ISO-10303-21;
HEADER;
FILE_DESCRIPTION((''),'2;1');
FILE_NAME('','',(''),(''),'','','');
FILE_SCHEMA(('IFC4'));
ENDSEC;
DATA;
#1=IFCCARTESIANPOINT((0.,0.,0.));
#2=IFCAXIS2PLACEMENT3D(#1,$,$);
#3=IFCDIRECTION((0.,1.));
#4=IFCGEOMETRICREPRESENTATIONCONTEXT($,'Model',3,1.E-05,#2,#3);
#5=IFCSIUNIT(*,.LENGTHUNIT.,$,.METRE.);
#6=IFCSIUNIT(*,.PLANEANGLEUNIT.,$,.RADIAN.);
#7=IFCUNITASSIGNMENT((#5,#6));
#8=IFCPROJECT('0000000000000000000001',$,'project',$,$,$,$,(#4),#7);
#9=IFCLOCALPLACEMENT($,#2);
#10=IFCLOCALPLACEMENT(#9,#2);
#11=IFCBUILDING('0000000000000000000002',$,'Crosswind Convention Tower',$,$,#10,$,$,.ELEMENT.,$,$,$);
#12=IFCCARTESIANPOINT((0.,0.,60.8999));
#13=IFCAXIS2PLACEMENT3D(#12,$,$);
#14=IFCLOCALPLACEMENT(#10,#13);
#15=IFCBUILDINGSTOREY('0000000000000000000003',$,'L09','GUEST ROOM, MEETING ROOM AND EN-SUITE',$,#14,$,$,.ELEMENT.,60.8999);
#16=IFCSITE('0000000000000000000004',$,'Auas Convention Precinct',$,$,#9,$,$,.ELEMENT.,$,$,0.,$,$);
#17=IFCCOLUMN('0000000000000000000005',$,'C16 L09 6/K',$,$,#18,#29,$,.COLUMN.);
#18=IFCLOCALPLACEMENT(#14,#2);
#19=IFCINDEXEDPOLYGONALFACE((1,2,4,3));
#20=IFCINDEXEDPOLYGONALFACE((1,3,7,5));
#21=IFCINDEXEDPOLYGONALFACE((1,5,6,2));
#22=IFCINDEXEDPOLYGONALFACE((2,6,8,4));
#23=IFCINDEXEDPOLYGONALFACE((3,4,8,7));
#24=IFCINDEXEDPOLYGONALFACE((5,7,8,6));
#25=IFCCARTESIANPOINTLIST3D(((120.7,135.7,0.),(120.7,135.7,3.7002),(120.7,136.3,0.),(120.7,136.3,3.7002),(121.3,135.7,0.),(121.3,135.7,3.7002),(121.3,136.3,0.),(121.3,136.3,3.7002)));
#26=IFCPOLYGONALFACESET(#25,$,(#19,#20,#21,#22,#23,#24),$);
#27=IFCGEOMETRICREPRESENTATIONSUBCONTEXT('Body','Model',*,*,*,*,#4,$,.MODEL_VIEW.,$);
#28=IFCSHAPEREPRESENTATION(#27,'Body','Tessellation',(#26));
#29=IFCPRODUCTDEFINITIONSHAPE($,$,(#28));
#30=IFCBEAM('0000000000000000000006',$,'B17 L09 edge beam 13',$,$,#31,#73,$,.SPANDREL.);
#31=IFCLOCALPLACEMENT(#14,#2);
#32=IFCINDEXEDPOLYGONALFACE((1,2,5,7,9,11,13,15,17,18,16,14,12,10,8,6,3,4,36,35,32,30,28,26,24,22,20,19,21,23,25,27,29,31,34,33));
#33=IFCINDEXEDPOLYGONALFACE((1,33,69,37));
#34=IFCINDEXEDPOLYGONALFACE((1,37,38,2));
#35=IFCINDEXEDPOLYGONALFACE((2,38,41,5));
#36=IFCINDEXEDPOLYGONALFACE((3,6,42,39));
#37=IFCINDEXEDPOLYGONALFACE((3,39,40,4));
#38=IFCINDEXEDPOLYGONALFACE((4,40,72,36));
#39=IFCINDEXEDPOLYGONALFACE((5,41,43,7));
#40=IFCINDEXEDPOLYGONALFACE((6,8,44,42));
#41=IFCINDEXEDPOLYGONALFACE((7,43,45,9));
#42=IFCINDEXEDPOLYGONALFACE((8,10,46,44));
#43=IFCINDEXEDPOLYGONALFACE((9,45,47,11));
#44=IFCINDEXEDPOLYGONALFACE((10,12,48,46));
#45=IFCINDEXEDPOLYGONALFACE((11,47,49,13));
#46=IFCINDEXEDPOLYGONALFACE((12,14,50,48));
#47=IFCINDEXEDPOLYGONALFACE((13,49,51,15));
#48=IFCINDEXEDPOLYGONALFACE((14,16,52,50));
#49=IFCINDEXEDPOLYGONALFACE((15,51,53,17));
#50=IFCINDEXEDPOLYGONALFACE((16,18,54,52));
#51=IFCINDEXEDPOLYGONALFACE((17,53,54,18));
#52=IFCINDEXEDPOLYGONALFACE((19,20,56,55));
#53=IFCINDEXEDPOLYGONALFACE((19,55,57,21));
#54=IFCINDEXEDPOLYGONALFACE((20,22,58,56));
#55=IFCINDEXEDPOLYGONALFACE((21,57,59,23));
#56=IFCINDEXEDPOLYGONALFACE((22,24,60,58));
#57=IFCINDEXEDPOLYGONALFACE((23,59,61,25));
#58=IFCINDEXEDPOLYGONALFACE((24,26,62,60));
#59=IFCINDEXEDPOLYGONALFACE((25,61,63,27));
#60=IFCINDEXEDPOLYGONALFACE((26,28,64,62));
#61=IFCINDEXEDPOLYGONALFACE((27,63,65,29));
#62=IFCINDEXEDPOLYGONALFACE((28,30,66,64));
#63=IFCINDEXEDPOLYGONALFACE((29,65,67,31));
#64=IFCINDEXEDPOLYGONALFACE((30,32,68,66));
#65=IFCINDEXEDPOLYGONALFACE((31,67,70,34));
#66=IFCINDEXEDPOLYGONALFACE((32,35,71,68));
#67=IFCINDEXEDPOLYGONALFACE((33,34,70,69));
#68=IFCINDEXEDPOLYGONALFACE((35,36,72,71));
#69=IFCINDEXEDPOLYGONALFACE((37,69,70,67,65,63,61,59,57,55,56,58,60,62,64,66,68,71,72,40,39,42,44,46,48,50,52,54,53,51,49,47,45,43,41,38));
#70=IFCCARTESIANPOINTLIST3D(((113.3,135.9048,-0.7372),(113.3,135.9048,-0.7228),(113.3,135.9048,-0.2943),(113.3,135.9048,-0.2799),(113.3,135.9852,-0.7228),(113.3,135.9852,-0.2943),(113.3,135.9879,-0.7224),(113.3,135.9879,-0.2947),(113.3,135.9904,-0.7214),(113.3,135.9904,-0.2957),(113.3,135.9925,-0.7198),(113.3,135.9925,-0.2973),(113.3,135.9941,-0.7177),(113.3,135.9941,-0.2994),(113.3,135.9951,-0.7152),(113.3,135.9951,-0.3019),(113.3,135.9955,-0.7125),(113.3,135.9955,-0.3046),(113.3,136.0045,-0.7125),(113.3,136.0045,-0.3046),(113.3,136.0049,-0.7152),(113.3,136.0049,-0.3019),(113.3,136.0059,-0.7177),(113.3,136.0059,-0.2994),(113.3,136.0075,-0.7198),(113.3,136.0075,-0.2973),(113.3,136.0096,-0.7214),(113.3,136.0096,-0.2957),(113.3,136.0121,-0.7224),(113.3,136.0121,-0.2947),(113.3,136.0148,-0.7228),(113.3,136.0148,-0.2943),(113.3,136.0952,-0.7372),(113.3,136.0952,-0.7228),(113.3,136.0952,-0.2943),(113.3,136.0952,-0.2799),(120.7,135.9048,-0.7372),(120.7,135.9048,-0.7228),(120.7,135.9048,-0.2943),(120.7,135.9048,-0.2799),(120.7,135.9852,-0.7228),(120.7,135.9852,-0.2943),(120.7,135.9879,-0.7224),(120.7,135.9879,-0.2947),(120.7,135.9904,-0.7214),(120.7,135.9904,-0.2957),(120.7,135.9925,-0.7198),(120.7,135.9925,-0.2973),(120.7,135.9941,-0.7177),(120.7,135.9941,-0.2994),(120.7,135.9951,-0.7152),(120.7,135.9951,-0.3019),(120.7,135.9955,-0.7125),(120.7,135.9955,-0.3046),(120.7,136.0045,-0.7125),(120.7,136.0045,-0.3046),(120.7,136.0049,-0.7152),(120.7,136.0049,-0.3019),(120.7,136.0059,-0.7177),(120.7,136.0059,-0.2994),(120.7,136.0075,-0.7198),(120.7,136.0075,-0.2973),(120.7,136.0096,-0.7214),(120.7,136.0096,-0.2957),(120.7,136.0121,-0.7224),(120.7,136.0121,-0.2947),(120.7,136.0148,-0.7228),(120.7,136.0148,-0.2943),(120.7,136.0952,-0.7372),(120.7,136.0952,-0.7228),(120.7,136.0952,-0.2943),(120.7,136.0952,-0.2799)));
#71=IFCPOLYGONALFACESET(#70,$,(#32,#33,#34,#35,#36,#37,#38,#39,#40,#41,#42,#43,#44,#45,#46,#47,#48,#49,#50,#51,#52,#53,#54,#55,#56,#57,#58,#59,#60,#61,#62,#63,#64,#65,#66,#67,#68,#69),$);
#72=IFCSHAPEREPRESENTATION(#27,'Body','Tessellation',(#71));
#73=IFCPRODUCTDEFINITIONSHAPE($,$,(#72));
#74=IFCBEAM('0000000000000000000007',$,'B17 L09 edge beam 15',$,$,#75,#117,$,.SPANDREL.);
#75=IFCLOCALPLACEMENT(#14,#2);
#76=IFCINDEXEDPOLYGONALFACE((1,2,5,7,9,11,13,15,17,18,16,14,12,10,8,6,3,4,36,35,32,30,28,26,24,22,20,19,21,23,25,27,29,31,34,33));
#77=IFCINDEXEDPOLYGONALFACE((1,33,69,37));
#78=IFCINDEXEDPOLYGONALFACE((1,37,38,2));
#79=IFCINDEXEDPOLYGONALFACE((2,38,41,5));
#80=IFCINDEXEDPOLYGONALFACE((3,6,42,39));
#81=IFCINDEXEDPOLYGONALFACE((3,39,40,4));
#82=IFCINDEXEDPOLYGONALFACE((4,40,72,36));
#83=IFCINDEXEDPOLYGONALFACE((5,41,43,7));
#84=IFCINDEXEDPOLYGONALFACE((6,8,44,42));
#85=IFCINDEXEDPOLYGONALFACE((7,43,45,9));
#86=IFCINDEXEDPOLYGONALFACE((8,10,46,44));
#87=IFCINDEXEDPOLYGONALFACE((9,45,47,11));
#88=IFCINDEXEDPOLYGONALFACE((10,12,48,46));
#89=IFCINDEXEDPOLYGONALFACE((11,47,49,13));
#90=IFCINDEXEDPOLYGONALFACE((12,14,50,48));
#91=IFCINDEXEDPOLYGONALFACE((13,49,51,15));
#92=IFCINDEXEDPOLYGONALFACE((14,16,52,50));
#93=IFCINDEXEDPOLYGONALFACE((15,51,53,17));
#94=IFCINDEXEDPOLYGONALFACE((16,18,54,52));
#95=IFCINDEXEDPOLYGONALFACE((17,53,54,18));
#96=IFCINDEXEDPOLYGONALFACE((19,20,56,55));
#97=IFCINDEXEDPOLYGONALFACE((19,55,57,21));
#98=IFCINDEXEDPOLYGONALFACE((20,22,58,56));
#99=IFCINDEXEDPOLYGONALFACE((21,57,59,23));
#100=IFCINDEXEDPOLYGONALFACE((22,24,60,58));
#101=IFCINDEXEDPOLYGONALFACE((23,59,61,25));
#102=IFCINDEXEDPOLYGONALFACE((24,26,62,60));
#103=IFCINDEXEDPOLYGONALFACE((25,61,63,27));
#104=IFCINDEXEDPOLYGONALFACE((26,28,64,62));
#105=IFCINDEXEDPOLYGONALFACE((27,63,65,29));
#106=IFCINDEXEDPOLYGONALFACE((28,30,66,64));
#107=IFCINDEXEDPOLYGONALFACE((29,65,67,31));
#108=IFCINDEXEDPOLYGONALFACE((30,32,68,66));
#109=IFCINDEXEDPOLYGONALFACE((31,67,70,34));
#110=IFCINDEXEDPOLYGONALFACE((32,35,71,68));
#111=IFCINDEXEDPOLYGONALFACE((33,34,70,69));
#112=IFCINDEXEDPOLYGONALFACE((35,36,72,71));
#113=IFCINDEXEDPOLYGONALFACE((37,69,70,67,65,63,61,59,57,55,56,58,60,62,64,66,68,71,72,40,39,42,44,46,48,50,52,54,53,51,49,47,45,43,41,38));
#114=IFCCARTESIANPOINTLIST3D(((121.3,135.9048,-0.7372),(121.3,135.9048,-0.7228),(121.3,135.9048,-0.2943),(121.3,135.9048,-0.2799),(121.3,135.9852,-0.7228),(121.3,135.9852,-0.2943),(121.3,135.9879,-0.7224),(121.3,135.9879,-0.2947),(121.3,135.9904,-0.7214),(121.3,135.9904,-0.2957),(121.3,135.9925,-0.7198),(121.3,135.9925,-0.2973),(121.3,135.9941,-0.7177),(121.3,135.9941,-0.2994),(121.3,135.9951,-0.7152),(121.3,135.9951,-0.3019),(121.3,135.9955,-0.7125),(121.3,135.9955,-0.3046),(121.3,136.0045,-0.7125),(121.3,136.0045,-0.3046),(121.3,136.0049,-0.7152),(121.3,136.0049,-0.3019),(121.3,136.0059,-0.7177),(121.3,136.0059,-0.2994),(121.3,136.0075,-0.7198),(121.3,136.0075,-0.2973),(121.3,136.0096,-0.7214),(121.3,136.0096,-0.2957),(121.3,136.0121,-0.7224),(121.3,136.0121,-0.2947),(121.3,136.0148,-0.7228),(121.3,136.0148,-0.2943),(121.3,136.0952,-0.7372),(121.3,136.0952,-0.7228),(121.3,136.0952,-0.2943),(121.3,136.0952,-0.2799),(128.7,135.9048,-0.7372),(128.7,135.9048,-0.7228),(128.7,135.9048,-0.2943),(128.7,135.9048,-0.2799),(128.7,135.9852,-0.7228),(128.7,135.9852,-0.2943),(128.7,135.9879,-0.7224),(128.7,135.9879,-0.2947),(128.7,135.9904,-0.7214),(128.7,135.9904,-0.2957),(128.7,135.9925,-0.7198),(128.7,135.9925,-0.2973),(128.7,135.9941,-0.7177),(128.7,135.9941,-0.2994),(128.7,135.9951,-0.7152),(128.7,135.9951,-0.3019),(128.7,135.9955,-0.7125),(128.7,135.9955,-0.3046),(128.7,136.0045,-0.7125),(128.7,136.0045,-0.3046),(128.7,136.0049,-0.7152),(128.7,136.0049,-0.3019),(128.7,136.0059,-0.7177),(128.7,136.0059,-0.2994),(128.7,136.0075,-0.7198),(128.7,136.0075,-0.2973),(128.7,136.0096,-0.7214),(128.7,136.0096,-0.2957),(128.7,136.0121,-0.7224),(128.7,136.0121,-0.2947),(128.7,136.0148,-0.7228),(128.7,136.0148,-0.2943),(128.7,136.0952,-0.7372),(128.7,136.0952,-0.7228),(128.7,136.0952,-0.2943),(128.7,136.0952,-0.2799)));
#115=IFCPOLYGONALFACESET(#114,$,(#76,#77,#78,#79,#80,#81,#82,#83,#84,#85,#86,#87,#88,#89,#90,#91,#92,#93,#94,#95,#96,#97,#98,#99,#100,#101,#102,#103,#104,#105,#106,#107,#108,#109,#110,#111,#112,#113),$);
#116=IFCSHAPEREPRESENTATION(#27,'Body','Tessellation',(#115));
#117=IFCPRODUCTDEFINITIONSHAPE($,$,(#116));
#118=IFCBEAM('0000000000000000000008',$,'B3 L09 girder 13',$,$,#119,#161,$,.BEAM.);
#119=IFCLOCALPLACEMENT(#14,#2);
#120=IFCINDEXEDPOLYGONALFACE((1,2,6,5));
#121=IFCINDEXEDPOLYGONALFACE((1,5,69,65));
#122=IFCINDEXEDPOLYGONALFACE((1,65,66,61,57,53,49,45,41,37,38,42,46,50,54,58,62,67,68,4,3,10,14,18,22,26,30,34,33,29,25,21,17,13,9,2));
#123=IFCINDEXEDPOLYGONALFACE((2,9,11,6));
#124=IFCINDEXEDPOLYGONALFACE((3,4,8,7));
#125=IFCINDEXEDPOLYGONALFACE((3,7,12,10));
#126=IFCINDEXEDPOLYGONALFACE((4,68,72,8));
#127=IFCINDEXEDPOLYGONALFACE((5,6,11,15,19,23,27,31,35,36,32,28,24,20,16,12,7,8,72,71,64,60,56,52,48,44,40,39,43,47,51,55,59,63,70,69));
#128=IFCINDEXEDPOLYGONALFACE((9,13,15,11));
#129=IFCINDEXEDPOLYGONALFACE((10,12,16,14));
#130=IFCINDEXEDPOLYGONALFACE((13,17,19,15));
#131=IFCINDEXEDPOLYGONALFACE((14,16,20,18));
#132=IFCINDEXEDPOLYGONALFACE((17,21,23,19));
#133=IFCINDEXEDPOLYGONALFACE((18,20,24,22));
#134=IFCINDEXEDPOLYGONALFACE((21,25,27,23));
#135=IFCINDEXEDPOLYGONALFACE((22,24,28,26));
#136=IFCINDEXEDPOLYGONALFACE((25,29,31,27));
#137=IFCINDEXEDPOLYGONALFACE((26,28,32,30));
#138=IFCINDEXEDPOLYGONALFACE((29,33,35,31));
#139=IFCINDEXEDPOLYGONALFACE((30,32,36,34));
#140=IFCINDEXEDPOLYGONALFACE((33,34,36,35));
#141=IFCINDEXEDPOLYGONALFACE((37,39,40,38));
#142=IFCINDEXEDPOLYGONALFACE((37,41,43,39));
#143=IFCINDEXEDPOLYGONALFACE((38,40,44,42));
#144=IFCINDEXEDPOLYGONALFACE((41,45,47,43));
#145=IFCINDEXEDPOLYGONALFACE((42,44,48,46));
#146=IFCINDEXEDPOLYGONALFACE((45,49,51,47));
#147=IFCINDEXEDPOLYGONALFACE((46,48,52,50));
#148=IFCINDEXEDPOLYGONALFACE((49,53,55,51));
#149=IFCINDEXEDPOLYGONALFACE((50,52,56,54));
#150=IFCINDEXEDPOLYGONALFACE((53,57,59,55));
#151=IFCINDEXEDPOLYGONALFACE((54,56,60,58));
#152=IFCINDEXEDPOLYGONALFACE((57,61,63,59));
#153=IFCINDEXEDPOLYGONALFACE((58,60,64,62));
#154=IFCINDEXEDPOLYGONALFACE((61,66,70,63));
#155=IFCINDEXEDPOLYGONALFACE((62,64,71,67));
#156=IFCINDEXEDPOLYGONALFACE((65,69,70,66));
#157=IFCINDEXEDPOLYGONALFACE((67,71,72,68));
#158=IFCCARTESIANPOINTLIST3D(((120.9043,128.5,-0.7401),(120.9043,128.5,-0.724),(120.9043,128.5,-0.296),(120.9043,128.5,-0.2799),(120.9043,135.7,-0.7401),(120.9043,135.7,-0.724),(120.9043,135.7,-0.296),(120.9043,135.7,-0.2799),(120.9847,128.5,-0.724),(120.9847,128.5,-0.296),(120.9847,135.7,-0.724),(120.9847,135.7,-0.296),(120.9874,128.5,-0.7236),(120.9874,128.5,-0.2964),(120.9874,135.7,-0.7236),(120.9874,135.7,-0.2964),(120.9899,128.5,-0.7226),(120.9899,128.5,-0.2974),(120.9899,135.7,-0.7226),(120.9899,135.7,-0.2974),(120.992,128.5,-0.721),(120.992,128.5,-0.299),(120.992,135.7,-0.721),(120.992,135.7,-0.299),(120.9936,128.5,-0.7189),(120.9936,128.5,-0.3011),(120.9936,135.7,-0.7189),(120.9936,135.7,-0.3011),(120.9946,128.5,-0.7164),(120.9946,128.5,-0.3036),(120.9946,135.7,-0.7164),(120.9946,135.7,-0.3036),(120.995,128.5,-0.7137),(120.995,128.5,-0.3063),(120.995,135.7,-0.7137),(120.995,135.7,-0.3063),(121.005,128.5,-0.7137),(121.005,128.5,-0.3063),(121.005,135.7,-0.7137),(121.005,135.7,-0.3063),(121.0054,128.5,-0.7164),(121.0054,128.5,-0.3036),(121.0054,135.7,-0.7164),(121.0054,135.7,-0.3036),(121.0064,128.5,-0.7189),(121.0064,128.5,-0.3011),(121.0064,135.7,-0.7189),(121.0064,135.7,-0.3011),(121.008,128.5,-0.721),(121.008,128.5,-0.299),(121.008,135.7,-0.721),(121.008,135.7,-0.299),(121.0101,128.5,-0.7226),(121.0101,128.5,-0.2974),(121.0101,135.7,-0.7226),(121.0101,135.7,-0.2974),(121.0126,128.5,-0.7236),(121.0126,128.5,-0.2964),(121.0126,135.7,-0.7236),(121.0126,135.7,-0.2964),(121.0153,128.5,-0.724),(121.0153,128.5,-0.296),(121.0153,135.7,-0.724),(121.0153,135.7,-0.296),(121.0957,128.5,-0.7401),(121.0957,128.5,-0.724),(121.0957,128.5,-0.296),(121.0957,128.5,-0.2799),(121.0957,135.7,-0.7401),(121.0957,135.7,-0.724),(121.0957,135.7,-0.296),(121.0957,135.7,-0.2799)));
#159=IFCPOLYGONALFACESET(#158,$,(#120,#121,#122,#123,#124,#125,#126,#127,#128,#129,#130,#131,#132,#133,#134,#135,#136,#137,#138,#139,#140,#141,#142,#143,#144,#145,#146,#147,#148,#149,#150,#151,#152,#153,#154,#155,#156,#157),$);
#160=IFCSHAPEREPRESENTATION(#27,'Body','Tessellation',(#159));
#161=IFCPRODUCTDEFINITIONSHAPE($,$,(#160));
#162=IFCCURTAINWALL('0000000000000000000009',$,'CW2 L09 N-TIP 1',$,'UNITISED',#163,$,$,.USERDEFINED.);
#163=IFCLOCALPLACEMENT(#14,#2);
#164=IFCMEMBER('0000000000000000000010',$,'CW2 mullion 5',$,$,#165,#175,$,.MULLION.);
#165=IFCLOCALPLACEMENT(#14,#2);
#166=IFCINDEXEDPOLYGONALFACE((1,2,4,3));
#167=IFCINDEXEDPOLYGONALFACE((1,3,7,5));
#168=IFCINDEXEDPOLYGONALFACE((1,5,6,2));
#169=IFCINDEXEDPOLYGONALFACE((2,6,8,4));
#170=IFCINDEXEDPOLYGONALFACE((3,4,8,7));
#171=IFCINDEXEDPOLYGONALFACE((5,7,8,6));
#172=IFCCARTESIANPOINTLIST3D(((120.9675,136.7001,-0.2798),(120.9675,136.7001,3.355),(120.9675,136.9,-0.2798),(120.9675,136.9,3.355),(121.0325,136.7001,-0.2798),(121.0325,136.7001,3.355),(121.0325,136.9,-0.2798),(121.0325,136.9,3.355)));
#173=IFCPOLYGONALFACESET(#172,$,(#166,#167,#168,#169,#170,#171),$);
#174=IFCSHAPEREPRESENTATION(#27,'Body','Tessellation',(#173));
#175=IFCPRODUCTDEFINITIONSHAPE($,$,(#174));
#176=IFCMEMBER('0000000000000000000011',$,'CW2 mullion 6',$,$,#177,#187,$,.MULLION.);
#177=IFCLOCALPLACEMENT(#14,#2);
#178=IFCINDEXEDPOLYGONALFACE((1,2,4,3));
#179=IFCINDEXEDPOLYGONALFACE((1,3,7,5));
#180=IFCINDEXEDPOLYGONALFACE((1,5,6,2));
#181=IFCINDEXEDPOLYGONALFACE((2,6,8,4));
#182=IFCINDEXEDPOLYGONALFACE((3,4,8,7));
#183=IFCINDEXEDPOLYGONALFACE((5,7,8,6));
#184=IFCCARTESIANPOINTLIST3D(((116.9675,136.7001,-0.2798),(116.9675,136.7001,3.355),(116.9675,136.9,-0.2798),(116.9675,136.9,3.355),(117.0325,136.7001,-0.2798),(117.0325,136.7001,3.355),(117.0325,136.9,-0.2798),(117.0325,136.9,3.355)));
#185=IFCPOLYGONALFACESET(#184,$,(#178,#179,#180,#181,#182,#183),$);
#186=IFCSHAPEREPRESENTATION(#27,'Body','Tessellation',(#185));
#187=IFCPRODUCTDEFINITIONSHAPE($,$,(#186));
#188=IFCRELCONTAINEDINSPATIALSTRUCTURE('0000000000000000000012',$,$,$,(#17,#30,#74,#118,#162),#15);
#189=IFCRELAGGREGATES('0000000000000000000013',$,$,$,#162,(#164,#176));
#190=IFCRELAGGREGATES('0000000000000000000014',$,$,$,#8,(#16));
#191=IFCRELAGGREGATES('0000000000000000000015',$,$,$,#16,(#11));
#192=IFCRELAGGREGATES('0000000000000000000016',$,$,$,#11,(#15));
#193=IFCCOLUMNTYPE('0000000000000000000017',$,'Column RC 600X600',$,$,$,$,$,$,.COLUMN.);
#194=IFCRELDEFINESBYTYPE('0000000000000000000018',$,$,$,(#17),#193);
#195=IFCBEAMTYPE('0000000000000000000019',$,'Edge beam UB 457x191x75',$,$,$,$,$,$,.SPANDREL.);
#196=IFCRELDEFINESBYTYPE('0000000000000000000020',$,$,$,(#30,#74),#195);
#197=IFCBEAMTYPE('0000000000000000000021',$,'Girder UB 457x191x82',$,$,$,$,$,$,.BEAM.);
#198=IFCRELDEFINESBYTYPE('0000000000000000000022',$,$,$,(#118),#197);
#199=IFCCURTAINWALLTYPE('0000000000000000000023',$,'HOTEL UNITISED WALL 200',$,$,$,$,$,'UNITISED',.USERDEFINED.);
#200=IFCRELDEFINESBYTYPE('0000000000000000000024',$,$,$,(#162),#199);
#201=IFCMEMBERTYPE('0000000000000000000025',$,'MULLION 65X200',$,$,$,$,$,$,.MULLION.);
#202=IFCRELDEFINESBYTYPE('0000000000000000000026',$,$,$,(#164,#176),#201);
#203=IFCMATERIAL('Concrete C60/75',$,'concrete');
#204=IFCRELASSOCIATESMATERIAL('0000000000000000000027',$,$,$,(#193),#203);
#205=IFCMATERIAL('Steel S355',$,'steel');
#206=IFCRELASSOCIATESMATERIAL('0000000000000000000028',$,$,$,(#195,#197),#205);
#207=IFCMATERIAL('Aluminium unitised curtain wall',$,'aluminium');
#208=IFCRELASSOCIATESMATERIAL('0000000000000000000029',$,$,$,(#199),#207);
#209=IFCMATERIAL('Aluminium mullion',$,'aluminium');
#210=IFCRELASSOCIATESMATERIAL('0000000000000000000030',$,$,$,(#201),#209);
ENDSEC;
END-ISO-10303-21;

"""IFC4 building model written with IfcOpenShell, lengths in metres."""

from ifc_helpers import new_model, si_unit, direction, frame, origin, origin_2d, place, context, subcontext, project, spatial, rectangle, i_section, extrude, material, material_profile, profile_set, type_object, element, aggregate, save


model = new_model("IFC4")

# Units and contexts
model_context = context("Model", 3, precision=1e-05, world=origin(), true_north=direction((0.0, 1.0)))
body_context = subcontext(model_context, "Body", "Model", "MODEL_VIEW")
ifc_project = project(units=[si_unit("LENGTHUNIT", "METRE"), si_unit("PLANEANGLEUNIT", "RADIAN")], contexts=[model_context])

# Site, building, storey
site_placement = place(None, origin())
site = spatial("IfcSite", under=ifc_project, at=site_placement, Name="Auas Convention Precinct", CompositionType="ELEMENT", RefElevation=0.0)
building_placement = place(site_placement, origin())
building = spatial("IfcBuilding", under=site, at=building_placement, Name="Crosswind Convention Tower", CompositionType="ELEMENT")
storey_placement = place(building_placement, frame((0.0, 0.0, 60.8999)))
storey = spatial("IfcBuildingStorey", under=building, at=storey_placement, Name="L09", Description="GUEST ROOM, MEETING ROOM AND EN-SUITE", CompositionType="ELEMENT", Elevation=60.8999)

# Column
ifc_material_1 = material(Name="Concrete C60/75", Category="concrete")
ifc_material_profile_1 = material_profile(ifc_material_1, rectangle(XDim=0.6001, YDim=0.6001, at=origin_2d()), Name="RC 600X600")
ifc_profile_set_1 = profile_set([ifc_material_profile_1], Name="Concrete C60/75")
column_type = type_object("IfcColumnType", Name="Column RC 600X600", PredefinedType="COLUMN", material=ifc_profile_set_1)
column_placement = place(storey_placement, frame((121.0, 136.0, 0.0), z_axis=(0.0, 0.0, 1.0), x_axis=(1.0, 0.0, 0.0)))
element("IfcColumn", 1, at=column_placement, inside=storey, type_object=column_type, Name="C16 L09 6/K", PredefinedType="COLUMN", context=body_context, shape_type="SweptSolid", body=[
    extrude(rectangle(XDim=0.6001, YDim=0.6001, at=origin_2d()), origin(), (0.0, 0.0, 1.0), 3.7002),
])

# Beams
ifc_material_2 = material(Name="Steel S355", Category="steel")
ifc_material_profile_2 = material_profile(ifc_material_2, i_section(OverallWidth=0.1904, OverallDepth=0.4573, WebThickness=0.009, FlangeThickness=0.0144, FilletRadius=0.0103, at=origin_2d()), Name="UB 457x191x75")
ifc_profile_set_2 = profile_set([ifc_material_profile_2], Name="Steel S355")
beam_type_1 = type_object("IfcBeamType", Name="Edge beam UB 457x191x75", PredefinedType="SPANDREL", material=ifc_profile_set_2)
for number, where, z_axis, x_axis, name in (
    (2, (113.3, 136.0, -0.5085), (1.0, 0.0, 0.0), (0.0, 1.0, 0.0), "B17 L09 edge beam 13"),
    (3, (121.3, 136.0, -0.5085), (1.0, 0.0, 0.0), (0.0, 1.0, 0.0), "B17 L09 edge beam 15"),
):
    element("IfcBeam", number, at=place(storey_placement, frame(where, z_axis=z_axis, x_axis=x_axis)), inside=storey, type_object=beam_type_1, Name=name, PredefinedType="SPANDREL", context=body_context, shape_type="SweptSolid", body=[
        extrude(i_section(OverallWidth=0.1904, OverallDepth=0.4573, WebThickness=0.009, FlangeThickness=0.0144, FilletRadius=0.0103, at=origin_2d()), origin(), (0.0, 0.0, 1.0), 7.3999),
    ])
ifc_material_profile_3 = material_profile(ifc_material_2, i_section(OverallWidth=0.1914, OverallDepth=0.4602, WebThickness=0.01, FlangeThickness=0.0161, FilletRadius=0.0103, at=origin_2d()), Name="UB 457x191x82")
ifc_profile_set_3 = profile_set([ifc_material_profile_3], Name="Steel S355")
beam_type_2 = type_object("IfcBeamType", Name="Girder UB 457x191x82", PredefinedType="BEAM", material=ifc_profile_set_3)
beam_1_placement = place(storey_placement, frame((121.0, 128.5, -0.51), z_axis=(0.0, 1.0, 0.0), x_axis=(-1.0, 0.0, 0.0)))
element("IfcBeam", 4, at=beam_1_placement, inside=storey, type_object=beam_type_2, Name="B3 L09 girder 13", PredefinedType="BEAM", context=body_context, shape_type="SweptSolid", body=[
    extrude(i_section(OverallWidth=0.1914, OverallDepth=0.4602, WebThickness=0.01, FlangeThickness=0.0161, FilletRadius=0.0103, at=origin_2d()), origin(), (0.0, 0.0, 1.0), 7.2),
])

# Curtain wall, members
ifc_material_3 = material(Name="Aluminium unitised curtain wall", Category="aluminium")
curtain_wall_type = type_object("IfcCurtainWallType", Name="HOTEL UNITISED WALL 200", ElementType="UNITISED", PredefinedType="USERDEFINED", material=ifc_material_3)
curtain_wall_placement = place(storey_placement, origin())
curtain_wall = element("IfcCurtainWall", 5, at=curtain_wall_placement, inside=storey, type_object=curtain_wall_type, Name="CW2 L09 N-TIP 1", ObjectType="UNITISED", PredefinedType="USERDEFINED")
ifc_material_4 = material(Name="Aluminium mullion", Category="aluminium")
ifc_material_profile_4 = material_profile(ifc_material_4, rectangle(XDim=0.2, YDim=0.0649, at=origin_2d()), Name="AL 200X65")
ifc_profile_set_4 = profile_set([ifc_material_profile_4], Name="Aluminium mullion")
member_type = type_object("IfcMemberType", Name="MULLION 65X200", PredefinedType="MULLION", material=ifc_profile_set_4)
member_1_placement = place(storey_placement, frame((121.0, 136.8, -0.2798), z_axis=(0.0, 0.0, 1.0), x_axis=(0.0, 1.0, 0.0)))
member_1 = element("IfcMember", 6, at=member_1_placement, type_object=member_type, Name="CW2 mullion 5", PredefinedType="MULLION", context=body_context, shape_type="SweptSolid", body=[
    extrude(rectangle(XDim=0.2, YDim=0.0649, at=origin_2d()), origin(), (0.0, 0.0, 1.0), 3.6348),
])
member_2_placement = place(storey_placement, frame((117.0, 136.8, -0.2798), z_axis=(0.0, 0.0, 1.0), x_axis=(0.0, 1.0, 0.0)))
member_2 = element("IfcMember", 7, at=member_2_placement, type_object=member_type, Name="CW2 mullion 6", PredefinedType="MULLION", context=body_context, shape_type="SweptSolid", body=[
    extrude(rectangle(XDim=0.2, YDim=0.0649, at=origin_2d()), origin(), (0.0, 0.0, 1.0), 3.6348),
])

aggregate(curtain_wall, [member_1, member_2])

save(model, "model.ifc")
